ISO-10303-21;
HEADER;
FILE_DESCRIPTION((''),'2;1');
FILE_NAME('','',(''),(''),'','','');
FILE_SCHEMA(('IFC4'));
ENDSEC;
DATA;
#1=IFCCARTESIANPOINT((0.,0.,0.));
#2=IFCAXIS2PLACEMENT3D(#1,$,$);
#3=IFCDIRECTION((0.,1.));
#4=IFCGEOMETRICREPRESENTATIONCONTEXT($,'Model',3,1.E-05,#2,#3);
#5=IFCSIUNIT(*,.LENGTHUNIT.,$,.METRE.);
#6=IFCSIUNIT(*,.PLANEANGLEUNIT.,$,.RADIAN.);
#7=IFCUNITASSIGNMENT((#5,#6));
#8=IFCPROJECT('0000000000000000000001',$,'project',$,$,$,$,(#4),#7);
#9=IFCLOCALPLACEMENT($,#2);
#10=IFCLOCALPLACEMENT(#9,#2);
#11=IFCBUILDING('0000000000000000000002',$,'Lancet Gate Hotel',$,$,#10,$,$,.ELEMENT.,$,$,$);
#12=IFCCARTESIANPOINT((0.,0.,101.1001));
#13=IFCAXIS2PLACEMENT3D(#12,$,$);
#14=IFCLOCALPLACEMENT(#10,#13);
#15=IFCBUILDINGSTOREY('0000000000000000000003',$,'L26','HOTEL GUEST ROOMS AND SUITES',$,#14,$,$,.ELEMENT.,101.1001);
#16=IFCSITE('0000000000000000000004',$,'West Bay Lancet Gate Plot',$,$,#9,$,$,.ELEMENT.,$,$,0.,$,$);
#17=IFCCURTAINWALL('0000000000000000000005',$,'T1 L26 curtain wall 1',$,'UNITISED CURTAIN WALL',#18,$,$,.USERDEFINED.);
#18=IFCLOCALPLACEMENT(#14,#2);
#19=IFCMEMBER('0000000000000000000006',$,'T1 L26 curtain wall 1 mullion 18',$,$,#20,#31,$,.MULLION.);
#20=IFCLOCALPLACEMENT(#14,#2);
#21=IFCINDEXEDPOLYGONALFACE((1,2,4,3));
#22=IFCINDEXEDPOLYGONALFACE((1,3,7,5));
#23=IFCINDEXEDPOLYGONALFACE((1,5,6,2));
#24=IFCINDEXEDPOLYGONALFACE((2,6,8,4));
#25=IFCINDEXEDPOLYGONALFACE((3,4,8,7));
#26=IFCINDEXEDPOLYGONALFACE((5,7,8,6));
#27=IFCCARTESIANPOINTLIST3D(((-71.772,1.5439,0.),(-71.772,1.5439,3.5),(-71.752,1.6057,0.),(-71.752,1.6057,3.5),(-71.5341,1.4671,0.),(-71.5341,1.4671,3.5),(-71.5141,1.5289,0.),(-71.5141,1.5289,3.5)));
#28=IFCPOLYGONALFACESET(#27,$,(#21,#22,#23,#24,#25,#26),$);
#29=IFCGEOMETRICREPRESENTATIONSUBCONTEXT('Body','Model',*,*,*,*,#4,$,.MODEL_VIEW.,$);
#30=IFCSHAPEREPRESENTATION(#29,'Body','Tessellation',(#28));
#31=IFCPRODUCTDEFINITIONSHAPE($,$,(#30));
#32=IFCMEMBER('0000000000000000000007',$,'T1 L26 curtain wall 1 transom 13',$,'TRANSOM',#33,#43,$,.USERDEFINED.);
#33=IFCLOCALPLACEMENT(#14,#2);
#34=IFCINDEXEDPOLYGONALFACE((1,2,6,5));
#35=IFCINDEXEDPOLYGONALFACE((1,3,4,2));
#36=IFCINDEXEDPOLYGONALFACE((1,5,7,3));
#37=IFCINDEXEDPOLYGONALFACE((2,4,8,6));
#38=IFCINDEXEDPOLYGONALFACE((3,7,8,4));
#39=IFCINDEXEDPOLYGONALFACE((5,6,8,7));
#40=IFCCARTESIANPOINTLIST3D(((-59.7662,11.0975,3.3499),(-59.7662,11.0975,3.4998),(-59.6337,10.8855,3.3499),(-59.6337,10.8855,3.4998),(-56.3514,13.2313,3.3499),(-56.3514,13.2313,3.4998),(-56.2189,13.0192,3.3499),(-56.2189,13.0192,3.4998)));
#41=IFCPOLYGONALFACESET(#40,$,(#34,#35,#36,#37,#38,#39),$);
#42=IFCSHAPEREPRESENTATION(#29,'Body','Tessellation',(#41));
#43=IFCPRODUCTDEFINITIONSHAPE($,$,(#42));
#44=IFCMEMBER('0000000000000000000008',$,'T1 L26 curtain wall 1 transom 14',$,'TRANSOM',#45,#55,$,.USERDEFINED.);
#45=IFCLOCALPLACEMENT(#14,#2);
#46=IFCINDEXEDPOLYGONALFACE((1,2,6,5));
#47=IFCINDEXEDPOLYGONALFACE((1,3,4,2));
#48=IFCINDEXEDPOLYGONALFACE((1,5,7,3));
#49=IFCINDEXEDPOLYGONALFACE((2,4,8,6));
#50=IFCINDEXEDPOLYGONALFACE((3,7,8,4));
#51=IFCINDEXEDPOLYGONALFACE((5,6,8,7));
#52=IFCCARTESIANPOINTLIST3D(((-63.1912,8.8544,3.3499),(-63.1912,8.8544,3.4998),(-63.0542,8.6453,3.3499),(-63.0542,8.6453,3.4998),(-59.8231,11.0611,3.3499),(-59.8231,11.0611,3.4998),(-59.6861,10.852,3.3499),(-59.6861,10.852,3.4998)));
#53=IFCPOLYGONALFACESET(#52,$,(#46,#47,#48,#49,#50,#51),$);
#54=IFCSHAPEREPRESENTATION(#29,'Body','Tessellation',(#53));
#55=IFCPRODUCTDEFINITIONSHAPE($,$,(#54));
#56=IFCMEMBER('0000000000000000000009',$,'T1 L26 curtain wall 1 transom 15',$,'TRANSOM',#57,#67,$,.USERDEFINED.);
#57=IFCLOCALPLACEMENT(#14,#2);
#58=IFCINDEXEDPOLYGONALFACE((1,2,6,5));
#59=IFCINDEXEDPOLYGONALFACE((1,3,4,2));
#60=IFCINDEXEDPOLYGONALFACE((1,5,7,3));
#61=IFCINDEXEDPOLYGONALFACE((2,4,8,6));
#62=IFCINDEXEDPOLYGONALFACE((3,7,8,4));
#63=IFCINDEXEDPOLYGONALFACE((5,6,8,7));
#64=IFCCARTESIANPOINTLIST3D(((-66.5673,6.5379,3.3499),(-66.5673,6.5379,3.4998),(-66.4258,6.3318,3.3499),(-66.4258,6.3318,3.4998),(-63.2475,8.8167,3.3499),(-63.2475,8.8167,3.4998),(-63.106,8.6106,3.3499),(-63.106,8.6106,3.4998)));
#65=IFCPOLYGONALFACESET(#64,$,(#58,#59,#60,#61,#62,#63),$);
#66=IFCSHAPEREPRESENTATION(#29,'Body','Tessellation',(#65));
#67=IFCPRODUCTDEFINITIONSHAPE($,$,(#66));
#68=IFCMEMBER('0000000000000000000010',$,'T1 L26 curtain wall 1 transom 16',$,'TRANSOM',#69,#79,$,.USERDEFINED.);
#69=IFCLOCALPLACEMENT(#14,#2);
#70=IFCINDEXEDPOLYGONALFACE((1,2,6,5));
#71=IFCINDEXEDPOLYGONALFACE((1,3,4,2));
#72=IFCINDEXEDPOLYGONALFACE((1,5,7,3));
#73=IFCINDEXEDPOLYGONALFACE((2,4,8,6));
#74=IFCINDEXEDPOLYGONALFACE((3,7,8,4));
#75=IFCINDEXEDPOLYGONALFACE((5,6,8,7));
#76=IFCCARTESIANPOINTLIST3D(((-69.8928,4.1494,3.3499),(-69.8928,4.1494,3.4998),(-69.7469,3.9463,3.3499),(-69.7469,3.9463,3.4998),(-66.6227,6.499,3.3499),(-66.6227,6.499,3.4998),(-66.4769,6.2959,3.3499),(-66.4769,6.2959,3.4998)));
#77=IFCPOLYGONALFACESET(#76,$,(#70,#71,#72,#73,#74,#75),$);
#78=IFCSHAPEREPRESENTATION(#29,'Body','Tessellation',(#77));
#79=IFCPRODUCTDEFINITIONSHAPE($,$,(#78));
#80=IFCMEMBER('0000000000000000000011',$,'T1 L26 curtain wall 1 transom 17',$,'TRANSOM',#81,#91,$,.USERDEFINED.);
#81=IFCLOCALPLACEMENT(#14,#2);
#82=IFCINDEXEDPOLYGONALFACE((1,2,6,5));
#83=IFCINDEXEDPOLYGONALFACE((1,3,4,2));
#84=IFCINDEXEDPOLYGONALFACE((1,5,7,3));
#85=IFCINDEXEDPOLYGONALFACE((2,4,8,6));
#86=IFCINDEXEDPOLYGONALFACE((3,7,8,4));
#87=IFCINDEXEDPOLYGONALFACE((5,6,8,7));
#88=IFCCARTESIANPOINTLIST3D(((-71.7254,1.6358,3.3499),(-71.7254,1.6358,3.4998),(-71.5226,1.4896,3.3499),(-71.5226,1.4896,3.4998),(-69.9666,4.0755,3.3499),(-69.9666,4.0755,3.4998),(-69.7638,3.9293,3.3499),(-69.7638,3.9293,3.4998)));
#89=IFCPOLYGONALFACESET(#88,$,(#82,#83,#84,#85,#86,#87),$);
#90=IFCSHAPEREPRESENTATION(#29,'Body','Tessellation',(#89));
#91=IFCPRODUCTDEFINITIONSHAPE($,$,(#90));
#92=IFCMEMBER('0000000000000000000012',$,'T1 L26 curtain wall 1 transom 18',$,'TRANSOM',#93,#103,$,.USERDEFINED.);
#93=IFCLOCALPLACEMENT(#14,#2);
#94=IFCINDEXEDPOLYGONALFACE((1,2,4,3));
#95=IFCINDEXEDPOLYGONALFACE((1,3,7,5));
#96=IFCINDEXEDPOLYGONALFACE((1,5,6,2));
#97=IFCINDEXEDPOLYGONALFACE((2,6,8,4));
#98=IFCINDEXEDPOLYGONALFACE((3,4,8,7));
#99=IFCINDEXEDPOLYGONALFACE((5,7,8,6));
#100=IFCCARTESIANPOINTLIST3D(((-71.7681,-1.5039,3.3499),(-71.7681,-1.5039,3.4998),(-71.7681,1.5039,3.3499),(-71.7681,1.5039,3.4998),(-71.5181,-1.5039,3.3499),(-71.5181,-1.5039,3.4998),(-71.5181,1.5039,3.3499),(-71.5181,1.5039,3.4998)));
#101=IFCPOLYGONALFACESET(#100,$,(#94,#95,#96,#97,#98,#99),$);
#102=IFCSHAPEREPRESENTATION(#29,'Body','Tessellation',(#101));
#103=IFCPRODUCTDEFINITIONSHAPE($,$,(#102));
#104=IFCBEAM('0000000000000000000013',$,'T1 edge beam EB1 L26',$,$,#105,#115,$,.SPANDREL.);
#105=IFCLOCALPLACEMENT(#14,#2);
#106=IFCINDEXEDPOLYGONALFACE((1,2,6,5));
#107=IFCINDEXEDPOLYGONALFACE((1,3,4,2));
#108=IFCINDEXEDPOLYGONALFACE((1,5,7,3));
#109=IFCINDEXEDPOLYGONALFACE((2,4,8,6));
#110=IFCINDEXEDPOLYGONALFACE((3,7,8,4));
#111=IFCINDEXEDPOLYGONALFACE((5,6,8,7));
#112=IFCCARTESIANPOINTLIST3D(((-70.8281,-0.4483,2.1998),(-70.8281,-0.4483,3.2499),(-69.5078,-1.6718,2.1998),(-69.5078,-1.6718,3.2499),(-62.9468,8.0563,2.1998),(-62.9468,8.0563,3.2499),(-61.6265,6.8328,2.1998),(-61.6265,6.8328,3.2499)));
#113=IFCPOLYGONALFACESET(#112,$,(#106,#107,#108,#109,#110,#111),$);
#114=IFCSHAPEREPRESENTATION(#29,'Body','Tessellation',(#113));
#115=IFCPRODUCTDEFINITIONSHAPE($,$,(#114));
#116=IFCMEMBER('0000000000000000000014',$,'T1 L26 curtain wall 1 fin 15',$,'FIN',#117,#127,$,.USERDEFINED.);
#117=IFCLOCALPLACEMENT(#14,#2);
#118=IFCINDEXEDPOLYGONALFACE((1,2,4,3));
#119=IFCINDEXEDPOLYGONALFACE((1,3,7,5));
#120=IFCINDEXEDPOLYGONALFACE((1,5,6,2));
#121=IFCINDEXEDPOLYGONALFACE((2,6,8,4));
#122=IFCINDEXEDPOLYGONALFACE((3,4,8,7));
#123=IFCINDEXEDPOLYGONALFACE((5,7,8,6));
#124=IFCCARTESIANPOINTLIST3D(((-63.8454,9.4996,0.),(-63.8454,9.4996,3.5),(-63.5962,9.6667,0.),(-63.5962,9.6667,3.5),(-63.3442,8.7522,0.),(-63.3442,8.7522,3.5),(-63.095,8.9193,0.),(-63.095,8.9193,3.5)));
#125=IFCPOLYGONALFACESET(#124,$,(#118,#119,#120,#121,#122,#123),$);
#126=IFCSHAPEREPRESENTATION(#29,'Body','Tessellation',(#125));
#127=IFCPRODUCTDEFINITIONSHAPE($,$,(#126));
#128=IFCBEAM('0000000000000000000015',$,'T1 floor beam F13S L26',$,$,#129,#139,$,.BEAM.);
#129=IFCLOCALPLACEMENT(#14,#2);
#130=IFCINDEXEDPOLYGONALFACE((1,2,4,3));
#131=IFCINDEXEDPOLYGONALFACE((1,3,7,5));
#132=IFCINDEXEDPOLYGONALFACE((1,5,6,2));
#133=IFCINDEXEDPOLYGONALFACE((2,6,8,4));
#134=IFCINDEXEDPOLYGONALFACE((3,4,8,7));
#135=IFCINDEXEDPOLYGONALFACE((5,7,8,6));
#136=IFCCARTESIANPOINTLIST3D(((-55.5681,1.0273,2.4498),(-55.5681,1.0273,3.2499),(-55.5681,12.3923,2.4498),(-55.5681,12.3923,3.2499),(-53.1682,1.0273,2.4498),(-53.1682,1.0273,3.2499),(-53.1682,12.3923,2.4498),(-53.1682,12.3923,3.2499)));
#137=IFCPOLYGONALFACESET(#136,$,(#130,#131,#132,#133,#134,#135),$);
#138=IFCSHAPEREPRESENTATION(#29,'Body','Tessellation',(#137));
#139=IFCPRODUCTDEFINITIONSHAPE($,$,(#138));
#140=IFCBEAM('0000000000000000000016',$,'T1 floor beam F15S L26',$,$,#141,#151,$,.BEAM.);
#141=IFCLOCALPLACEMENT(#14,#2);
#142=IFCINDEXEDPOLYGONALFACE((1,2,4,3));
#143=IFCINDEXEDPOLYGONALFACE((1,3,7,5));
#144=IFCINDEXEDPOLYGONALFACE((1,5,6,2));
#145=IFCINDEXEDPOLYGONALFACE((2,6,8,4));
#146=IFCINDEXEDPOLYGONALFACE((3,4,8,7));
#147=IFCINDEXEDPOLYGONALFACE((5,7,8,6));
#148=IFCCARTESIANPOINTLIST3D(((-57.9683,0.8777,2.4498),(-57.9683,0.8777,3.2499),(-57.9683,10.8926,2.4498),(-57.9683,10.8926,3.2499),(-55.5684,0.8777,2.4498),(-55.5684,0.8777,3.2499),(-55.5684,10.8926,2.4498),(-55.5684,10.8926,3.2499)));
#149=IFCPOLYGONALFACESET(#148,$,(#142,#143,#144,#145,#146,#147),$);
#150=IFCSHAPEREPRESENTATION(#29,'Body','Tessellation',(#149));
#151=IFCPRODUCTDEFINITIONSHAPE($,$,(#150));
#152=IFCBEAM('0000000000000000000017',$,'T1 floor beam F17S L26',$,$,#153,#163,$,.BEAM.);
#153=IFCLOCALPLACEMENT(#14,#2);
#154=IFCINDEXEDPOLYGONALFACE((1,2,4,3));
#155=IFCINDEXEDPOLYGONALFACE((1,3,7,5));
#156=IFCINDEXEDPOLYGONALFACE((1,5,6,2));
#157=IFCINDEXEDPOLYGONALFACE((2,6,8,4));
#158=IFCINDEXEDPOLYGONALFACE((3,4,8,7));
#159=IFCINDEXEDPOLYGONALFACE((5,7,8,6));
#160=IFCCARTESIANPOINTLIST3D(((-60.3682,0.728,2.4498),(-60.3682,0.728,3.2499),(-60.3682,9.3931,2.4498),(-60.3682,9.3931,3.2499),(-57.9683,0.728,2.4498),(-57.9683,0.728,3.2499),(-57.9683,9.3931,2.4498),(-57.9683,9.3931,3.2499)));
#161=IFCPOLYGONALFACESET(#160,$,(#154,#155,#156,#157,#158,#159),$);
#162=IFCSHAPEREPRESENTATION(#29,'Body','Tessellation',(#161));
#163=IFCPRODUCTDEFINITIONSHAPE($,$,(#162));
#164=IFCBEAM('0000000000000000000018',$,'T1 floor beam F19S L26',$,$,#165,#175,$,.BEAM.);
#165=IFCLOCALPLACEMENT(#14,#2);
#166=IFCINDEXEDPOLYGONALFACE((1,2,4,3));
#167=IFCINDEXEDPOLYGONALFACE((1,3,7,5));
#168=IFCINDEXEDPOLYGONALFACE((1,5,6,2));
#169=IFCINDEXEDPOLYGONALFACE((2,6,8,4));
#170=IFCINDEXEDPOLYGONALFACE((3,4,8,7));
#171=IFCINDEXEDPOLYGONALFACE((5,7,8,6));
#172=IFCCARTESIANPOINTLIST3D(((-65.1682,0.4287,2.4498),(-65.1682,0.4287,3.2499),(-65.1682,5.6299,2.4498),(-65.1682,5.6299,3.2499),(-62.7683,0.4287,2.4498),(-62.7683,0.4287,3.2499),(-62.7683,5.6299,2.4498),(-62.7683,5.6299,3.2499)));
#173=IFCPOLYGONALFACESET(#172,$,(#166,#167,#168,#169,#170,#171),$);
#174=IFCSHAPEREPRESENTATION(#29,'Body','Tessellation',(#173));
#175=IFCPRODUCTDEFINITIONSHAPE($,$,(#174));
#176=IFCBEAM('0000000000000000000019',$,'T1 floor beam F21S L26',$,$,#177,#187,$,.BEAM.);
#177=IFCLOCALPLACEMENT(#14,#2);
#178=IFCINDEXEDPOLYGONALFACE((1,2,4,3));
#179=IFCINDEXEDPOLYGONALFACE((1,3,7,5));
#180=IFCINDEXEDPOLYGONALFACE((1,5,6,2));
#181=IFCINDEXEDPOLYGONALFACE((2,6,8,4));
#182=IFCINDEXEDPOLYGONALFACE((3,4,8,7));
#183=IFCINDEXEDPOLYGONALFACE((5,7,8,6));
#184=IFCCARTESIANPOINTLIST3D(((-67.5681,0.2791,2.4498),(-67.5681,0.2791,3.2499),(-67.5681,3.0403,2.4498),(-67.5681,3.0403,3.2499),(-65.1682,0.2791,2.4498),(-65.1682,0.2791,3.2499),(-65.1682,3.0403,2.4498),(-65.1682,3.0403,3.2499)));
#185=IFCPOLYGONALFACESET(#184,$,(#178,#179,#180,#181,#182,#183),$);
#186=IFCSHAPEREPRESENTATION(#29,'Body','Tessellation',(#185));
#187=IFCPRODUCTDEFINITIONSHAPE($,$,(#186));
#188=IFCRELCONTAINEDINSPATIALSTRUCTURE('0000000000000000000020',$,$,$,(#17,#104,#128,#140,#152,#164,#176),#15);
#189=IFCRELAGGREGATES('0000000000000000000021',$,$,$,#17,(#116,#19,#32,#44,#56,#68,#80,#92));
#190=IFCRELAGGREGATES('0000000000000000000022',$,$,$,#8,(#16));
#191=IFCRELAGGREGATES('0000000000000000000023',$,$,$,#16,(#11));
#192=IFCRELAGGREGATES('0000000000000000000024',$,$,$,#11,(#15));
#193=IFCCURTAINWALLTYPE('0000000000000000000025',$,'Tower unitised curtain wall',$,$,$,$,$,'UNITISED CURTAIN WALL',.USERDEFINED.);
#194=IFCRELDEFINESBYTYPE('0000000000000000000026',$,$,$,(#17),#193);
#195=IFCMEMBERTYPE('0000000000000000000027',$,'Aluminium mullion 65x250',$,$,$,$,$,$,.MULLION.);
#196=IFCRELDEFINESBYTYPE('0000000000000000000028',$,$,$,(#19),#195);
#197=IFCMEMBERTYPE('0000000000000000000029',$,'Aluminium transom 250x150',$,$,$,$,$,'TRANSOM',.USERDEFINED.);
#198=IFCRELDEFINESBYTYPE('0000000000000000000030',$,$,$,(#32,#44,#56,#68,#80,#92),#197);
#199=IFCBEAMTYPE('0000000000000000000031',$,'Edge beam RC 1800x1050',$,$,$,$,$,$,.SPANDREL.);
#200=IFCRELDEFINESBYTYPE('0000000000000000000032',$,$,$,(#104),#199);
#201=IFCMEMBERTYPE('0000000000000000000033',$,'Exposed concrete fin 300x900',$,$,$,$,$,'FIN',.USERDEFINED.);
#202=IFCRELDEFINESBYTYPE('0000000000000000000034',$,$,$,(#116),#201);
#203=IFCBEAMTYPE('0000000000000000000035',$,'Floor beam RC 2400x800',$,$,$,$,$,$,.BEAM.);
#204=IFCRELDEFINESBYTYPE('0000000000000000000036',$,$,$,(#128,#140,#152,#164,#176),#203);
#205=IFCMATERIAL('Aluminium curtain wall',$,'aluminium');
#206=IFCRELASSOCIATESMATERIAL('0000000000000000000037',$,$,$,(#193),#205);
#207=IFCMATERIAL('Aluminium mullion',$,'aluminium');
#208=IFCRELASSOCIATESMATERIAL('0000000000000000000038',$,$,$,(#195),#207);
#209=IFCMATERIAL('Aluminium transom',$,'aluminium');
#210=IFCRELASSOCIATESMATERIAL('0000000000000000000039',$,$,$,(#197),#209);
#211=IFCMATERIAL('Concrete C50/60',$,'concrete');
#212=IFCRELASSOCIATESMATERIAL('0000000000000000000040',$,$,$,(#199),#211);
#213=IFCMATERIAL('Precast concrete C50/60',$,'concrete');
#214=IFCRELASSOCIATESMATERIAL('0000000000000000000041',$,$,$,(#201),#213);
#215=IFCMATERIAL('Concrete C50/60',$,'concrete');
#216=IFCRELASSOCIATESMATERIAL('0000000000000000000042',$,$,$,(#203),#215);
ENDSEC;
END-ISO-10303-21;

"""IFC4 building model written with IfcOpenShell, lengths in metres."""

from ifc_helpers import new_model, si_unit, direction, frame, origin, origin_2d, place, context, subcontext, project, spatial, rectangle, extrude, material, material_profile, profile_set, type_object, element, aggregate, save


model = new_model("IFC4")

# Units and contexts
model_context = context("Model", 3, precision=1e-05, world=origin(), true_north=direction((0.0, 1.0)))
body_context = subcontext(model_context, "Body", "Model", "MODEL_VIEW")
ifc_project = project(units=[si_unit("LENGTHUNIT", "METRE"), si_unit("PLANEANGLEUNIT", "RADIAN")], contexts=[model_context])

# Site, building, storey
site_placement = place(None, origin())
site = spatial("IfcSite", under=ifc_project, at=site_placement, Name="West Bay Lancet Gate Plot", CompositionType="ELEMENT", RefElevation=0.0)
building_placement = place(site_placement, origin())
building = spatial("IfcBuilding", under=site, at=building_placement, Name="Lancet Gate Hotel", CompositionType="ELEMENT")
storey_placement = place(building_placement, frame((0.0, 0.0, 101.1001)))
storey = spatial("IfcBuildingStorey", under=building, at=storey_placement, Name="L26", Description="HOTEL GUEST ROOMS AND SUITES", CompositionType="ELEMENT", Elevation=101.1001)

# Curtain wall, members
ifc_material_1 = material(Name="Aluminium curtain wall", Category="aluminium")
curtain_wall_type = type_object("IfcCurtainWallType", Name="Tower unitised curtain wall", ElementType="UNITISED CURTAIN WALL", PredefinedType="USERDEFINED", material=ifc_material_1)
curtain_wall_placement = place(storey_placement, origin())
curtain_wall = element("IfcCurtainWall", 1, at=curtain_wall_placement, inside=storey, type_object=curtain_wall_type, Name="T1 L26 curtain wall 1", ObjectType="UNITISED CURTAIN WALL", PredefinedType="USERDEFINED")
ifc_material_2 = material(Name="Aluminium mullion", Category="aluminium")
ifc_material_profile_1 = material_profile(ifc_material_2, rectangle(XDim=0.0649, YDim=0.25, at=origin_2d()), Name="MULLION 65x250")
ifc_profile_set_1 = profile_set([ifc_material_profile_1], Name="Aluminium mullion")
member_type_1 = type_object("IfcMemberType", Name="Aluminium mullion 65x250", PredefinedType="MULLION", material=ifc_profile_set_1)
member_1_placement = place(storey_placement, frame((-71.6431, 1.5364, 0.0), z_axis=(0.0, 0.0, 1.0), x_axis=(-0.307269, -0.951623, 0.0)))
member_1 = element("IfcMember", 2, at=member_1_placement, type_object=member_type_1, Name="T1 L26 curtain wall 1 mullion 18", PredefinedType="MULLION", context=body_context, shape_type="SweptSolid", body=[
    extrude(rectangle(XDim=0.0649, YDim=0.25, at=origin_2d()), origin(), (0.0, 0.0, 1.0), 3.5),
])
ifc_material_3 = material(Name="Aluminium transom", Category="aluminium")
ifc_material_profile_2 = material_profile(ifc_material_3, rectangle(XDim=0.25, YDim=0.1499, at=origin_2d()), Name="TRANSOM 250x150")
ifc_profile_set_2 = profile_set([ifc_material_profile_2], Name="Aluminium transom")
member_type_2 = type_object("IfcMemberType", Name="Aluminium transom 250x150", ElementType="TRANSOM", PredefinedType="USERDEFINED", material=ifc_profile_set_2)
member_2_placement = place(storey_placement, frame((-56.2852, 13.1252, 3.4248), z_axis=(-0.848049, -0.529917, 0.0), x_axis=(0.529917, -0.848049, 0.0)))
member_2 = element("IfcMember", 3, at=member_2_placement, type_object=member_type_2, Name="T1 L26 curtain wall 1 transom 13", ObjectType="TRANSOM", PredefinedType="USERDEFINED", context=body_context, shape_type="SweptSolid", body=[
    extrude(rectangle(XDim=0.25, YDim=0.1499, at=origin_2d()), origin(), (0.0, 0.0, 1.0), 4.0266),
])
member_3_placement = place(storey_placement, frame((-59.7546, 10.9565, 3.4248), z_axis=(-0.836454, -0.548036, 0.0), x_axis=(0.548036, -0.836454, 0.0)))
member_3 = element("IfcMember", 4, at=member_3_placement, type_object=member_type_2, Name="T1 L26 curtain wall 1 transom 14", ObjectType="TRANSOM", PredefinedType="USERDEFINED", context=body_context, shape_type="SweptSolid", body=[
    extrude(rectangle(XDim=0.25, YDim=0.1499, at=origin_2d()), origin(), (0.0, 0.0, 1.0), 4.0266),
])
member_4_placement = place(storey_placement, frame((-63.1768, 8.7136, 3.4248), z_axis=(-0.824456, -0.565927, 0.0), x_axis=(0.565927, -0.824456, 0.0)))
member_4 = element("IfcMember", 5, at=member_4_placement, type_object=member_type_2, Name="T1 L26 curtain wall 1 transom 15", ObjectType="TRANSOM", PredefinedType="USERDEFINED", context=body_context, shape_type="SweptSolid", body=[
    extrude(rectangle(XDim=0.25, YDim=0.1499, at=origin_2d()), origin(), (0.0, 0.0, 1.0), 4.0266),
])
member_5_placement = place(storey_placement, frame((-66.5498, 6.3975, 3.4248), z_axis=(-0.8121, -0.583519, 0.0), x_axis=(0.583519, -0.8121, 0.0)))
member_5 = element("IfcMember", 6, at=member_5_placement, type_object=member_type_2, Name="T1 L26 curtain wall 1 transom 16", ObjectType="TRANSOM", PredefinedType="USERDEFINED", context=body_context, shape_type="SweptSolid", body=[
    extrude(rectangle(XDim=0.25, YDim=0.1499, at=origin_2d()), origin(), (0.0, 0.0, 1.0), 4.0266),
])
member_6_placement = place(storey_placement, frame((-69.8652, 4.0024, 3.4248), z_axis=(-0.584788, -0.811186, 0.0), x_axis=(0.811186, -0.584788, 0.0)))
member_6 = element("IfcMember", 7, at=member_6_placement, type_object=member_type_2, Name="T1 L26 curtain wall 1 transom 17", ObjectType="TRANSOM", PredefinedType="USERDEFINED", context=body_context, shape_type="SweptSolid", body=[
    extrude(rectangle(XDim=0.25, YDim=0.1499, at=origin_2d()), origin(), (0.0, 0.0, 1.0), 3.0076),
])
member_7_placement = place(storey_placement, frame((-71.6431, 1.5039, 3.4248), z_axis=(0.0, -1.0, 0.0), x_axis=(1.0, 0.0, 0.0)))
member_7 = element("IfcMember", 8, at=member_7_placement, type_object=member_type_2, Name="T1 L26 curtain wall 1 transom 18", ObjectType="TRANSOM", PredefinedType="USERDEFINED", context=body_context, shape_type="SweptSolid", body=[
    extrude(rectangle(XDim=0.25, YDim=0.1499, at=origin_2d()), origin(), (0.0, 0.0, 1.0), 3.0078),
])

# Beam
ifc_material_4 = material(Name="Concrete C50/60", Category="concrete")
ifc_material_profile_3 = material_profile(ifc_material_4, rectangle(XDim=1.8, YDim=1.05, at=origin_2d()), Name="RC 1800x1050")
ifc_profile_set_3 = profile_set([ifc_material_profile_3], Name="Concrete C50/60")
beam_type_1 = type_object("IfcBeamType", Name="Edge beam RC 1800x1050", PredefinedType="SPANDREL", material=ifc_profile_set_3)
beam_1_placement = place(storey_placement, frame((-62.2866, 7.4446, 2.7249), z_axis=(-0.679718, -0.733473, 0.0), x_axis=(0.733473, -0.679718, 0.0)))
element("IfcBeam", 9, at=beam_1_placement, inside=storey, type_object=beam_type_1, Name="T1 edge beam EB1 L26", PredefinedType="SPANDREL", context=body_context, shape_type="SweptSolid", body=[
    extrude(rectangle(XDim=1.8, YDim=1.05, at=origin_2d()), origin(), (0.0, 0.0, 1.0), 11.595),
])

# Member
ifc_material_5 = material(Name="Precast concrete C50/60", Category="concrete")
ifc_material_profile_4 = material_profile(ifc_material_5, rectangle(XDim=0.3, YDim=0.8999, at=origin_2d()), Name="FIN 300x900")
ifc_profile_set_4 = profile_set([ifc_material_profile_4], Name="Precast concrete C50/60")
member_type_3 = type_object("IfcMemberType", Name="Exposed concrete fin 300x900", ElementType="FIN", PredefinedType="USERDEFINED", material=ifc_profile_set_4)
member_8_placement = place(storey_placement, frame((-63.4702, 9.2095, 0.0), z_axis=(0.0, 0.0, 1.0), x_axis=(-0.83051, -0.557004, 0.0)))
member_8 = element("IfcMember", 10, at=member_8_placement, type_object=member_type_3, Name="T1 L26 curtain wall 1 fin 15", ObjectType="FIN", PredefinedType="USERDEFINED", context=body_context, shape_type="SweptSolid", body=[
    extrude(rectangle(XDim=0.3, YDim=0.8999, at=origin_2d()), origin(), (0.0, 0.0, 1.0), 3.5),
])

# Beams
ifc_material_6 = material(Name="Concrete C50/60", Category="concrete")
ifc_material_profile_5 = material_profile(ifc_material_6, rectangle(XDim=2.3999, YDim=0.8, at=origin_2d()), Name="RC 2400x800")
ifc_profile_set_5 = profile_set([ifc_material_profile_5], Name="Concrete C50/60")
beam_type_2 = type_object("IfcBeamType", Name="Floor beam RC 2400x800", PredefinedType="BEAM", material=ifc_profile_set_5)
beam_2_placement = place(storey_placement, frame((-54.3682, 12.3923, 2.8499), z_axis=(0.0, -1.0, 0.0), x_axis=(1.0, 0.0, 0.0)))
element("IfcBeam", 11, at=beam_2_placement, inside=storey, type_object=beam_type_2, Name="T1 floor beam F13S L26", PredefinedType="BEAM", context=body_context, shape_type="SweptSolid", body=[
    extrude(rectangle(XDim=2.3999, YDim=0.8, at=origin_2d()), origin(), (0.0, 0.0, 1.0), 11.365),
])
beam_3_placement = place(storey_placement, frame((-56.7683, 10.8926, 2.8499), z_axis=(0.0, -1.0, 0.0), x_axis=(1.0, 0.0, 0.0)))
element("IfcBeam", 12, at=beam_3_placement, inside=storey, type_object=beam_type_2, Name="T1 floor beam F15S L26", PredefinedType="BEAM", context=body_context, shape_type="SweptSolid", body=[
    extrude(rectangle(XDim=2.3999, YDim=0.8, at=origin_2d()), origin(), (0.0, 0.0, 1.0), 10.0149),
])
beam_4_placement = place(storey_placement, frame((-59.1682, 9.3931, 2.8499), z_axis=(0.0, -1.0, 0.0), x_axis=(1.0, 0.0, 0.0)))
element("IfcBeam", 13, at=beam_4_placement, inside=storey, type_object=beam_type_2, Name="T1 floor beam F17S L26", PredefinedType="BEAM", context=body_context, shape_type="SweptSolid", body=[
    extrude(rectangle(XDim=2.3999, YDim=0.8, at=origin_2d()), origin(), (0.0, 0.0, 1.0), 8.665),
])
beam_5_placement = place(storey_placement, frame((-63.9683, 5.6299, 2.8499), z_axis=(0.0, -1.0, 0.0), x_axis=(1.0, 0.0, 0.0)))
element("IfcBeam", 14, at=beam_5_placement, inside=storey, type_object=beam_type_2, Name="T1 floor beam F19S L26", PredefinedType="BEAM", context=body_context, shape_type="SweptSolid", body=[
    extrude(rectangle(XDim=2.3999, YDim=0.8, at=origin_2d()), origin(), (0.0, 0.0, 1.0), 5.2012),
])
beam_6_placement = place(storey_placement, frame((-66.3682, 3.0403, 2.8499), z_axis=(0.0, -1.0, 0.0), x_axis=(1.0, 0.0, 0.0)))
element("IfcBeam", 15, at=beam_6_placement, inside=storey, type_object=beam_type_2, Name="T1 floor beam F21S L26", PredefinedType="BEAM", context=body_context, shape_type="SweptSolid", body=[
    extrude(rectangle(XDim=2.3999, YDim=0.8, at=origin_2d()), origin(), (0.0, 0.0, 1.0), 2.7612),
])

aggregate(curtain_wall, [member_8, member_1, member_2, member_3, member_4, member_5, member_6, member_7])

save(model, "model.ifc")
